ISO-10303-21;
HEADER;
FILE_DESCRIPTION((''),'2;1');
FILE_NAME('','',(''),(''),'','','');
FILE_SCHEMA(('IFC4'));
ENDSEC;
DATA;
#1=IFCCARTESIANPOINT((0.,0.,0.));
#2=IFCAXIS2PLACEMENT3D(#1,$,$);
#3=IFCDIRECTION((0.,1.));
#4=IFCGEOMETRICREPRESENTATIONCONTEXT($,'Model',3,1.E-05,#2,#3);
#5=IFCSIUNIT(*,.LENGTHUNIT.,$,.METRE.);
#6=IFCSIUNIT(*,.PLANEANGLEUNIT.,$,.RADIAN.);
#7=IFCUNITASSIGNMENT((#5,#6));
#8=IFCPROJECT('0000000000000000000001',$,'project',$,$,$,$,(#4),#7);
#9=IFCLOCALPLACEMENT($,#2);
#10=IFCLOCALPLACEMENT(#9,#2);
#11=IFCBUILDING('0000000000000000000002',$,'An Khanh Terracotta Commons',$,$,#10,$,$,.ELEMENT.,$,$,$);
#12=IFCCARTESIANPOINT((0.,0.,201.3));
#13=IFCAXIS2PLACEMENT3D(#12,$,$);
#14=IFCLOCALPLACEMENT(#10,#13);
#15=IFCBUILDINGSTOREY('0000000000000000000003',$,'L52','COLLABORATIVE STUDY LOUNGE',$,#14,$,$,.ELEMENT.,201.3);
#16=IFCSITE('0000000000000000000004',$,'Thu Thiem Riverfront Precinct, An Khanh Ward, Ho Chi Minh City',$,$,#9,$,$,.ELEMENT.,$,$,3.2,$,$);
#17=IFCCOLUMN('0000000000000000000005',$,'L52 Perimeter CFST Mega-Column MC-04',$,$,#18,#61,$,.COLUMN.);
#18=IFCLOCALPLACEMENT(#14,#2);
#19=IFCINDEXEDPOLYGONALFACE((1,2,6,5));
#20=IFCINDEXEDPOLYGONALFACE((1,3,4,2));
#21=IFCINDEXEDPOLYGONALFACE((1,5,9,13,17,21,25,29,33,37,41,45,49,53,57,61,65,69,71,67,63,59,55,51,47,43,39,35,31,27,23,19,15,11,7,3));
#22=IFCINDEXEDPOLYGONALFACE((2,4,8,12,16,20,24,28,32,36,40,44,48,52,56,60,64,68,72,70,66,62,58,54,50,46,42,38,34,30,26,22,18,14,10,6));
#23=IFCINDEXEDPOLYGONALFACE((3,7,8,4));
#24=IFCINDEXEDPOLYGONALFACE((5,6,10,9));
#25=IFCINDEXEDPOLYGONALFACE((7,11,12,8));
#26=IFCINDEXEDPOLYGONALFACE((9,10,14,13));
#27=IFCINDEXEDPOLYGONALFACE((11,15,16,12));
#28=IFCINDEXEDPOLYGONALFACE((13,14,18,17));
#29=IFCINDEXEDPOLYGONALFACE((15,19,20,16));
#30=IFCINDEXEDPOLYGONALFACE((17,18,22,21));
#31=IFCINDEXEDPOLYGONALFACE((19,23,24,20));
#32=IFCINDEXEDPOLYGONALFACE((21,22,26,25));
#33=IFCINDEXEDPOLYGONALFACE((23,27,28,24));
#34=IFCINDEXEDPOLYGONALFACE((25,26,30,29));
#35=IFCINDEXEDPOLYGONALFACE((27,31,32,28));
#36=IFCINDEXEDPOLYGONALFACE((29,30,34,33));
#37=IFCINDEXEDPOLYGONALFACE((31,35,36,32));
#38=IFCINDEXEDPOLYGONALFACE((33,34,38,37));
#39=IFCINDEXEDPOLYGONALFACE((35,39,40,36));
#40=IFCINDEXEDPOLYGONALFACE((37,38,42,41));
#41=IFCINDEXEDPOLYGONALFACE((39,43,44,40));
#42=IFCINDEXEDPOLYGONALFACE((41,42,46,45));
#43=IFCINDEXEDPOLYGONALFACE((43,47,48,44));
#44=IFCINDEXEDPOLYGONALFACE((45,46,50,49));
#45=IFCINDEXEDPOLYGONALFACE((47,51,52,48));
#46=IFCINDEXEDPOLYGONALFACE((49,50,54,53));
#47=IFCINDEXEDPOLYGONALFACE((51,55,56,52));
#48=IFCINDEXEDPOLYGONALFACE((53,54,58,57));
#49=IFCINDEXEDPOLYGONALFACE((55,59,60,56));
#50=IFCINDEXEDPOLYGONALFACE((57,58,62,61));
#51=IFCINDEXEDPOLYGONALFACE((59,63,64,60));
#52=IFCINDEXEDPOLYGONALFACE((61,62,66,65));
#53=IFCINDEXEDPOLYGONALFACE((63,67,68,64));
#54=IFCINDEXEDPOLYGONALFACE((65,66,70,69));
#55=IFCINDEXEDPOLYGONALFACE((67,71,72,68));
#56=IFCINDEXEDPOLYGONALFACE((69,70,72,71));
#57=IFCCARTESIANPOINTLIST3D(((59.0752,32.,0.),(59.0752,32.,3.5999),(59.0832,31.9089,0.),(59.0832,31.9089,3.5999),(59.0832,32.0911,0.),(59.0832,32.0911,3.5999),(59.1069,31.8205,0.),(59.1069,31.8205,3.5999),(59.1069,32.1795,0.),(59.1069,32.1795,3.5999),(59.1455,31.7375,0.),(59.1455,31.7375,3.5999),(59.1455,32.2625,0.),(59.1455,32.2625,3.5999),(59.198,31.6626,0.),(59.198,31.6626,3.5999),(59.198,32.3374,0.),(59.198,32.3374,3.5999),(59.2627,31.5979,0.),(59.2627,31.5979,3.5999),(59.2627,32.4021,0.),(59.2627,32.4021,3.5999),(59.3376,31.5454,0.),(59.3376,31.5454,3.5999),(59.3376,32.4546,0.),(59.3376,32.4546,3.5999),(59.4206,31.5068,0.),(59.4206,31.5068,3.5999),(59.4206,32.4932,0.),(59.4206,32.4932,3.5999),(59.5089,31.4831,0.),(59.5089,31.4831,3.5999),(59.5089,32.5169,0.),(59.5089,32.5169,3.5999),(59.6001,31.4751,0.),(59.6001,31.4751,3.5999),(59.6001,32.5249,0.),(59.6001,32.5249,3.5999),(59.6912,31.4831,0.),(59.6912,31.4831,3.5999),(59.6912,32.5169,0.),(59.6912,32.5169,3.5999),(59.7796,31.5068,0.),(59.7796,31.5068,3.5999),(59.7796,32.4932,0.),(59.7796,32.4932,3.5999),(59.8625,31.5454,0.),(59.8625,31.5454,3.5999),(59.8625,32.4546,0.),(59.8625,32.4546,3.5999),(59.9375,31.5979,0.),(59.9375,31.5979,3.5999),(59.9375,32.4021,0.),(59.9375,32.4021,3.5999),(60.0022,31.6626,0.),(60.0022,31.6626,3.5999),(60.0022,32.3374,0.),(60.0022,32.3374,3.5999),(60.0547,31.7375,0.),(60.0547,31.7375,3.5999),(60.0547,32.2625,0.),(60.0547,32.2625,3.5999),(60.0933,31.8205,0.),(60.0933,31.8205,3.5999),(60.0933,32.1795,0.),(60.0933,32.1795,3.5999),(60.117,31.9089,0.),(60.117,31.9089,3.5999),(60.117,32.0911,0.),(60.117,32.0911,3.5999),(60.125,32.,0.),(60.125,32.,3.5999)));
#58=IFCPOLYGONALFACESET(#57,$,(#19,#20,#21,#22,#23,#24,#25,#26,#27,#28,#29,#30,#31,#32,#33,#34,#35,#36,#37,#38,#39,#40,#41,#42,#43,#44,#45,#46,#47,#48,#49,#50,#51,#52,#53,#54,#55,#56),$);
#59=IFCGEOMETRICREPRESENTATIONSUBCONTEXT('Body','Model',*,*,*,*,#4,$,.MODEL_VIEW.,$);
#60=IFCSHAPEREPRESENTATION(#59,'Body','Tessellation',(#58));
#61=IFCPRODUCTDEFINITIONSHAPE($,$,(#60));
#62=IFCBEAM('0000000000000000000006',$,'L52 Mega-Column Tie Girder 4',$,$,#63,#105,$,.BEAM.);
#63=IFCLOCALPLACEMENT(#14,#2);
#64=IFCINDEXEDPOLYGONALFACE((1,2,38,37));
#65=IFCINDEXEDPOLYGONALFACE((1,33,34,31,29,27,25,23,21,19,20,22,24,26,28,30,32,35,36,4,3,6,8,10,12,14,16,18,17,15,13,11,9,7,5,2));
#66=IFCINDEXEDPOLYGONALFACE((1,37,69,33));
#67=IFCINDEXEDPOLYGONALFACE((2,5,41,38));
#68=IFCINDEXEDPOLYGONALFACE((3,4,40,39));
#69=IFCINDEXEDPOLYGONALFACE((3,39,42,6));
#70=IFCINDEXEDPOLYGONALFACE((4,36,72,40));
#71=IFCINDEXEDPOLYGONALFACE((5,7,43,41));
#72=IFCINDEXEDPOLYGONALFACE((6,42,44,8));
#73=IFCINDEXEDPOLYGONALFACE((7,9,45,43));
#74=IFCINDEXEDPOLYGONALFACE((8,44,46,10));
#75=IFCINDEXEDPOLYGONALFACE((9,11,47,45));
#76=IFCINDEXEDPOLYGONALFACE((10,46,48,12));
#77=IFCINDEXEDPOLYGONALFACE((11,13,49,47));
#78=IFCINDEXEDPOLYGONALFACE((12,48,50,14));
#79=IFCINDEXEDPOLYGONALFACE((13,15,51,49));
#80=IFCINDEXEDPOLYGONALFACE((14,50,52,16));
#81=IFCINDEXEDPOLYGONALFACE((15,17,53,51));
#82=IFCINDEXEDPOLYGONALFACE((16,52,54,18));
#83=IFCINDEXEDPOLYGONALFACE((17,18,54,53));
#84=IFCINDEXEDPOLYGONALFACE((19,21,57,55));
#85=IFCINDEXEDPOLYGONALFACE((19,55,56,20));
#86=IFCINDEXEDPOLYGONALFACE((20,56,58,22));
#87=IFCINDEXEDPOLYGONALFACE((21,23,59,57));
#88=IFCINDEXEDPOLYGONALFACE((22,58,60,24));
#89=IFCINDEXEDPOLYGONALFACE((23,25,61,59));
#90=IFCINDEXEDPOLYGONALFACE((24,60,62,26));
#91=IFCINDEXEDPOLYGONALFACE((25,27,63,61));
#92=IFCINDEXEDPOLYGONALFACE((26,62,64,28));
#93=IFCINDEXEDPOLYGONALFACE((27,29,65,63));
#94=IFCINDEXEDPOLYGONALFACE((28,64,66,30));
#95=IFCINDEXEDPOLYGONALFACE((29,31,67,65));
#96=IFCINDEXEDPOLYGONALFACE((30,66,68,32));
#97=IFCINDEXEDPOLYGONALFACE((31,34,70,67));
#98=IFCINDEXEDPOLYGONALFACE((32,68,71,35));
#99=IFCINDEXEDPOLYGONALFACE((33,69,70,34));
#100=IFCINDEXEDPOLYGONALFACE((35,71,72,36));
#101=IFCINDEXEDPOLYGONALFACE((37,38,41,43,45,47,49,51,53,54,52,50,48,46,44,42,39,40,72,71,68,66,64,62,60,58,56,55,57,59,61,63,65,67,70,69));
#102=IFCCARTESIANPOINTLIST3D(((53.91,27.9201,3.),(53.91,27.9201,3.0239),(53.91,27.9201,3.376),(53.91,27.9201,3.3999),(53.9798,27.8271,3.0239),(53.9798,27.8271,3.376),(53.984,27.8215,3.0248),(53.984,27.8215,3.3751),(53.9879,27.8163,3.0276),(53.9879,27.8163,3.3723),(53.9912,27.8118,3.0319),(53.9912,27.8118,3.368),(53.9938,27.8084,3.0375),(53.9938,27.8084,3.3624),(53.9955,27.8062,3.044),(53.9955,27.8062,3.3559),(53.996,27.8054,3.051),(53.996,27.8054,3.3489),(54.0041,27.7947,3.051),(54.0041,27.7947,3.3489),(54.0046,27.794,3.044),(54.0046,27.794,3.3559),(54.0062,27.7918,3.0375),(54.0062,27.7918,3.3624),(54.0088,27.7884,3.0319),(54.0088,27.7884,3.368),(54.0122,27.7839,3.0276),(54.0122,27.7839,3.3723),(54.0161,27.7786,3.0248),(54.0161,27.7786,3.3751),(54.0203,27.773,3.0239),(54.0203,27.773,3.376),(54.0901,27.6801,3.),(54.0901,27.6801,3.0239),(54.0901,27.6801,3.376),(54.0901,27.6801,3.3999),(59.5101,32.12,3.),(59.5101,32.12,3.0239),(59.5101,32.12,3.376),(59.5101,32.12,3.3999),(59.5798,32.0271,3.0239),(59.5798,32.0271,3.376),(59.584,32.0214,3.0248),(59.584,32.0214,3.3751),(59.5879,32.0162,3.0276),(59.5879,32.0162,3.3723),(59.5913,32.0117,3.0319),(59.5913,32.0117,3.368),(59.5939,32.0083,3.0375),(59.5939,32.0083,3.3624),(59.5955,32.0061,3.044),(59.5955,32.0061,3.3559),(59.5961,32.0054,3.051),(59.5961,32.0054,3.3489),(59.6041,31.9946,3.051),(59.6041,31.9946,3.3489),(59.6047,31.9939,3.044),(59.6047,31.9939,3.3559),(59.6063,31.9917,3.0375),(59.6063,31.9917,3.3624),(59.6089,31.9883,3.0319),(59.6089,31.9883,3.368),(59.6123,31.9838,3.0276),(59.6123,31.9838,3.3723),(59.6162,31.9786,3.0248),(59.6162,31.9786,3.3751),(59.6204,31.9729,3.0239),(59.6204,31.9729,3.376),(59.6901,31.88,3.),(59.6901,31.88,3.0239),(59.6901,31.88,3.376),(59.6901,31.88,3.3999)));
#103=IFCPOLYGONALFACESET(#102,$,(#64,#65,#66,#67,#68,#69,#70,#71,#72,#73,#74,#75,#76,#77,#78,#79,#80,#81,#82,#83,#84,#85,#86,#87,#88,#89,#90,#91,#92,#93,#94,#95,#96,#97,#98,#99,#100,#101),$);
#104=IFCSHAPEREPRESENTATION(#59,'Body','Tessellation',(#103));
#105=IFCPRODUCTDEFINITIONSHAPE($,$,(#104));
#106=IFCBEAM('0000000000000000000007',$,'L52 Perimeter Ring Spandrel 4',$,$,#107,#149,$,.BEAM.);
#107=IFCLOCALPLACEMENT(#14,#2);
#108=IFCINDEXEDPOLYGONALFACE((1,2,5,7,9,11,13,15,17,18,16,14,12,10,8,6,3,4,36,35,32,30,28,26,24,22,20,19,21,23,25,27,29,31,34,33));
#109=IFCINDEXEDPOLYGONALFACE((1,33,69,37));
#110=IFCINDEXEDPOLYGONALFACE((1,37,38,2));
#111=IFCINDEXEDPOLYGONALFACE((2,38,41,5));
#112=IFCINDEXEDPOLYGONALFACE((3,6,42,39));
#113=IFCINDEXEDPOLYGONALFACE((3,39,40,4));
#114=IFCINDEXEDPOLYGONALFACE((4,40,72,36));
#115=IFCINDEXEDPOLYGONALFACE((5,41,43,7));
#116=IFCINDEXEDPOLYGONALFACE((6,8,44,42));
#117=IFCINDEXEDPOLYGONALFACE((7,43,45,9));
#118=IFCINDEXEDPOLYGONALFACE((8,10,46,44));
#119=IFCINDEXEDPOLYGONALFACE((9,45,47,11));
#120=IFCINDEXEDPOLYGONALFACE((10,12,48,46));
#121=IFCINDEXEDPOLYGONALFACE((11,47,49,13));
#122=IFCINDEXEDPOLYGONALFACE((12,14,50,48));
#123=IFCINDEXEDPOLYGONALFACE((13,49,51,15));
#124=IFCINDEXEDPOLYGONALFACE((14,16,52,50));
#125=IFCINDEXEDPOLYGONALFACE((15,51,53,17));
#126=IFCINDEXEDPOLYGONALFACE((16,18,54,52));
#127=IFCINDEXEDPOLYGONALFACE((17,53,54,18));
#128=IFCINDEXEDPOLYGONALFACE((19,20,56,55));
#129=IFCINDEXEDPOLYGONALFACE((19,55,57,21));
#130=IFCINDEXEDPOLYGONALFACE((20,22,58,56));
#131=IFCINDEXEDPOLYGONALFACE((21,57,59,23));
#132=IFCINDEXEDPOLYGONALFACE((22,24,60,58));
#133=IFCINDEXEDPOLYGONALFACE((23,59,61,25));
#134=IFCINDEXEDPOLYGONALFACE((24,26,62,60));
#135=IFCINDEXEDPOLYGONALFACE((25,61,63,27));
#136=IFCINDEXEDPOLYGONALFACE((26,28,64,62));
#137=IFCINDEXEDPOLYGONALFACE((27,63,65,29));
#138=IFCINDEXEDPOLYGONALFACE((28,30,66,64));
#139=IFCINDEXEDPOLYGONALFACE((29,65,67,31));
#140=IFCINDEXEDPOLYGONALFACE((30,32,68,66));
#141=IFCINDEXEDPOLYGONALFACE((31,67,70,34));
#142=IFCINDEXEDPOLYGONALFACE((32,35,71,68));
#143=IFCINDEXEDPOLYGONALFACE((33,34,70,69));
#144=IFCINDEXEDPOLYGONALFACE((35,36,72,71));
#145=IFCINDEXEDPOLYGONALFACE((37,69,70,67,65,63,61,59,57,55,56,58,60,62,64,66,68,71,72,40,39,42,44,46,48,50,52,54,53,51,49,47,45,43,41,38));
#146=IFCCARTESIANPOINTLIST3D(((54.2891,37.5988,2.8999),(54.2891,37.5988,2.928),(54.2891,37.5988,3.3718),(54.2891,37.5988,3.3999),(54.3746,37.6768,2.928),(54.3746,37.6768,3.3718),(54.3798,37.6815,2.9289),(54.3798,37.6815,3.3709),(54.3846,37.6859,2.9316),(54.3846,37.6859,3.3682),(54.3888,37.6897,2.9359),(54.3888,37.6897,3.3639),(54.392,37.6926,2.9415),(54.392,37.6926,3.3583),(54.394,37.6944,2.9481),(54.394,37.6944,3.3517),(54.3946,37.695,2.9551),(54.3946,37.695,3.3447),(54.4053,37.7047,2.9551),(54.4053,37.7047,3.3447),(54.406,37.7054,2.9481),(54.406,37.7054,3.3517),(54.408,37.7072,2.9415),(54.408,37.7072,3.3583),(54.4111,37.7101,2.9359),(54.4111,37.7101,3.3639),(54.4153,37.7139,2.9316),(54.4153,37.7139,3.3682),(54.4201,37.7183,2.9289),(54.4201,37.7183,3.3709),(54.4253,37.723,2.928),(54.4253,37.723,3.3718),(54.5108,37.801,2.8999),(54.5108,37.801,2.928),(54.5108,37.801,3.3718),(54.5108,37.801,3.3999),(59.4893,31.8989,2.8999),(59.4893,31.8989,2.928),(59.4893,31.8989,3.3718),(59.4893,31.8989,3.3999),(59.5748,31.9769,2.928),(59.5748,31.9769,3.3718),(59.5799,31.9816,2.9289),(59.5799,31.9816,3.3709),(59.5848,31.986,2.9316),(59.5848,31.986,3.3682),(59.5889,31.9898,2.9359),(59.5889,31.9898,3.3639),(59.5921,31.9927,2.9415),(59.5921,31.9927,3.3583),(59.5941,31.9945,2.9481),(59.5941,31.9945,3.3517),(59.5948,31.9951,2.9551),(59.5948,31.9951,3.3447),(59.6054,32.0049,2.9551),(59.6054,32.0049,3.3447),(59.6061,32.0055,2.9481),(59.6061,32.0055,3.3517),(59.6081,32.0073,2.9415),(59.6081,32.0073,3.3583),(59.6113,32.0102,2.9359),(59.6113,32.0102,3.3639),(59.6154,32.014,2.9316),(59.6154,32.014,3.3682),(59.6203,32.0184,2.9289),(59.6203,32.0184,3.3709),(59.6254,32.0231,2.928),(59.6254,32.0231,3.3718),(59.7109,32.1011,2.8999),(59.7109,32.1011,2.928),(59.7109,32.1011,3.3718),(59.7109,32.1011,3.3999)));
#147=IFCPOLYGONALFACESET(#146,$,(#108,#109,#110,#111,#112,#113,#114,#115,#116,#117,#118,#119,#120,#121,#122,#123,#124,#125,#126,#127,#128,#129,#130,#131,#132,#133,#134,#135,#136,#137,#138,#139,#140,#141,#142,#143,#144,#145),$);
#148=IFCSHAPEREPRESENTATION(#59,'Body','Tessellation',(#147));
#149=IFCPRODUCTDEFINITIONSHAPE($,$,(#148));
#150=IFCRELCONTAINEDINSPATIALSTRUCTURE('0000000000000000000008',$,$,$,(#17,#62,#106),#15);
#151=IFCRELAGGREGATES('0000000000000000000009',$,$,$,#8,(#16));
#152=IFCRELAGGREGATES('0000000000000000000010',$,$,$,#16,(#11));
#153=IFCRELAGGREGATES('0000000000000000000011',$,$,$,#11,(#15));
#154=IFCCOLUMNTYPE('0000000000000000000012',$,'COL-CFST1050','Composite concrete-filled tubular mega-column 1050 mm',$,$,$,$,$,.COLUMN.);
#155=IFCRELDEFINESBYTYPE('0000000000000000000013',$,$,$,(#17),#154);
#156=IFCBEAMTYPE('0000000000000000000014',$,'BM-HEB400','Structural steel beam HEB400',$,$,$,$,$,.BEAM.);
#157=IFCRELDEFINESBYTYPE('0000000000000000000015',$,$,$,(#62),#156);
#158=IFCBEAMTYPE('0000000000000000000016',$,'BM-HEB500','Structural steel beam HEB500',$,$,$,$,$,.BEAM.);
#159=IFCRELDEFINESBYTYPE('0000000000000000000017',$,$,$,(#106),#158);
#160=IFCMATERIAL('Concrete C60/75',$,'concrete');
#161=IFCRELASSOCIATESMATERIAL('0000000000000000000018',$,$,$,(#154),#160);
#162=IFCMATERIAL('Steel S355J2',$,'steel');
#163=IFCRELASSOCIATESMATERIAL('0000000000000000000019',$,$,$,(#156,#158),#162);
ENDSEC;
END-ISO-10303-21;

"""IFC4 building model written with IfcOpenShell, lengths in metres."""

from ifc_helpers import new_model, si_unit, direction, frame, origin, origin_2d, place, context, subcontext, project, spatial, circle, i_section, extrude, material, material_profile, profile_set, type_object, element, save


model = new_model("IFC4")

# Units and contexts
model_context = context("Model", 3, precision=1e-05, world=origin(), true_north=direction((0.0, 1.0)))
body_context = subcontext(model_context, "Body", "Model", "MODEL_VIEW")
ifc_project = project(units=[si_unit("LENGTHUNIT", "METRE"), si_unit("PLANEANGLEUNIT", "RADIAN")], contexts=[model_context])

# Site, building, storey
site_placement = place(None, origin())
site = spatial("IfcSite", under=ifc_project, at=site_placement, Name="Thu Thiem Riverfront Precinct, An Khanh Ward, Ho Chi Minh City", CompositionType="ELEMENT", RefElevation=3.2)
building_placement = place(site_placement, origin())
building = spatial("IfcBuilding", under=site, at=building_placement, Name="An Khanh Terracotta Commons", CompositionType="ELEMENT")
storey_placement = place(building_placement, frame((0.0, 0.0, 201.3)))
storey = spatial("IfcBuildingStorey", under=building, at=storey_placement, Name="L52", Description="COLLABORATIVE STUDY LOUNGE", CompositionType="ELEMENT", Elevation=201.3)

# Column
ifc_material_1 = material(Name="Concrete C60/75", Category="concrete")
ifc_material_profile_1 = material_profile(ifc_material_1, circle(Radius=0.5249, at=origin_2d()), Name="CFST1050")
ifc_profile_set_1 = profile_set([ifc_material_profile_1], Name="Concrete C60/75")
column_type = type_object("IfcColumnType", Name="COL-CFST1050", Description="Composite concrete-filled tubular mega-column 1050 mm", PredefinedType="COLUMN", material=ifc_profile_set_1)
column_placement = place(storey_placement, frame((59.6001, 32.0, 0.0), z_axis=(0.0, 0.0, 1.0), x_axis=(1.0, 0.0, 0.0)))
element("IfcColumn", 1, at=column_placement, inside=storey, type_object=column_type, Name="L52 Perimeter CFST Mega-Column MC-04", PredefinedType="COLUMN", context=body_context, shape_type="SweptSolid", body=[
    extrude(circle(Radius=0.5249, at=origin_2d()), origin(), (0.0, 0.0, 1.0), 3.5999),
])

# Beams
ifc_material_2 = material(Name="Steel S355J2", Category="steel")
ifc_material_profile_2 = material_profile(ifc_material_2, i_section(OverallWidth=0.3, OverallDepth=0.3999, WebThickness=0.0134, FlangeThickness=0.0239, FilletRadius=0.0271, at=origin_2d()), Name="HEB400")
ifc_profile_set_2 = profile_set([ifc_material_profile_2], Name="Steel S355J2")
beam_type_1 = type_object("IfcBeamType", Name="BM-HEB400", Description="Structural steel beam HEB400", PredefinedType="BEAM", material=ifc_profile_set_2)
beam_1_placement = place(storey_placement, frame((59.6001, 32.0, 3.2), z_axis=(-0.800008, -0.599989, 0.0), x_axis=(0.599989, -0.800008, 0.0)))
element("IfcBeam", 2, at=beam_1_placement, inside=storey, type_object=beam_type_1, Name="L52 Mega-Column Tie Girder 4", PredefinedType="BEAM", context=body_context, shape_type="SweptSolid", body=[
    extrude(i_section(OverallWidth=0.3, OverallDepth=0.3999, WebThickness=0.0134, FlangeThickness=0.0239, FilletRadius=0.0271, at=origin_2d()), origin(), (0.0, 0.0, 1.0), 7.0),
])
ifc_material_profile_3 = material_profile(ifc_material_2, i_section(OverallWidth=0.3, OverallDepth=0.5, WebThickness=0.0144, FlangeThickness=0.0281, FilletRadius=0.0271, at=origin_2d()), Name="HEB500")
ifc_profile_set_3 = profile_set([ifc_material_profile_3], Name="Steel S355J2")
beam_type_2 = type_object("IfcBeamType", Name="BM-HEB500", Description="Structural steel beam HEB500", PredefinedType="BEAM", material=ifc_profile_set_3)
beam_2_placement = place(storey_placement, frame((59.6001, 32.0, 3.1499), z_axis=(-0.673979, 0.738751, 0.0), x_axis=(-0.738751, -0.673979, 0.0)))
element("IfcBeam", 3, at=beam_2_placement, inside=storey, type_object=beam_type_2, Name="L52 Perimeter Ring Spandrel 4", PredefinedType="BEAM", context=body_context, shape_type="SweptSolid", body=[
    extrude(i_section(OverallWidth=0.3, OverallDepth=0.5, WebThickness=0.0144, FlangeThickness=0.0281, FilletRadius=0.0271, at=origin_2d()), origin(), (0.0, 0.0, 1.0), 7.7156),
])

save(model, "model.ifc")
